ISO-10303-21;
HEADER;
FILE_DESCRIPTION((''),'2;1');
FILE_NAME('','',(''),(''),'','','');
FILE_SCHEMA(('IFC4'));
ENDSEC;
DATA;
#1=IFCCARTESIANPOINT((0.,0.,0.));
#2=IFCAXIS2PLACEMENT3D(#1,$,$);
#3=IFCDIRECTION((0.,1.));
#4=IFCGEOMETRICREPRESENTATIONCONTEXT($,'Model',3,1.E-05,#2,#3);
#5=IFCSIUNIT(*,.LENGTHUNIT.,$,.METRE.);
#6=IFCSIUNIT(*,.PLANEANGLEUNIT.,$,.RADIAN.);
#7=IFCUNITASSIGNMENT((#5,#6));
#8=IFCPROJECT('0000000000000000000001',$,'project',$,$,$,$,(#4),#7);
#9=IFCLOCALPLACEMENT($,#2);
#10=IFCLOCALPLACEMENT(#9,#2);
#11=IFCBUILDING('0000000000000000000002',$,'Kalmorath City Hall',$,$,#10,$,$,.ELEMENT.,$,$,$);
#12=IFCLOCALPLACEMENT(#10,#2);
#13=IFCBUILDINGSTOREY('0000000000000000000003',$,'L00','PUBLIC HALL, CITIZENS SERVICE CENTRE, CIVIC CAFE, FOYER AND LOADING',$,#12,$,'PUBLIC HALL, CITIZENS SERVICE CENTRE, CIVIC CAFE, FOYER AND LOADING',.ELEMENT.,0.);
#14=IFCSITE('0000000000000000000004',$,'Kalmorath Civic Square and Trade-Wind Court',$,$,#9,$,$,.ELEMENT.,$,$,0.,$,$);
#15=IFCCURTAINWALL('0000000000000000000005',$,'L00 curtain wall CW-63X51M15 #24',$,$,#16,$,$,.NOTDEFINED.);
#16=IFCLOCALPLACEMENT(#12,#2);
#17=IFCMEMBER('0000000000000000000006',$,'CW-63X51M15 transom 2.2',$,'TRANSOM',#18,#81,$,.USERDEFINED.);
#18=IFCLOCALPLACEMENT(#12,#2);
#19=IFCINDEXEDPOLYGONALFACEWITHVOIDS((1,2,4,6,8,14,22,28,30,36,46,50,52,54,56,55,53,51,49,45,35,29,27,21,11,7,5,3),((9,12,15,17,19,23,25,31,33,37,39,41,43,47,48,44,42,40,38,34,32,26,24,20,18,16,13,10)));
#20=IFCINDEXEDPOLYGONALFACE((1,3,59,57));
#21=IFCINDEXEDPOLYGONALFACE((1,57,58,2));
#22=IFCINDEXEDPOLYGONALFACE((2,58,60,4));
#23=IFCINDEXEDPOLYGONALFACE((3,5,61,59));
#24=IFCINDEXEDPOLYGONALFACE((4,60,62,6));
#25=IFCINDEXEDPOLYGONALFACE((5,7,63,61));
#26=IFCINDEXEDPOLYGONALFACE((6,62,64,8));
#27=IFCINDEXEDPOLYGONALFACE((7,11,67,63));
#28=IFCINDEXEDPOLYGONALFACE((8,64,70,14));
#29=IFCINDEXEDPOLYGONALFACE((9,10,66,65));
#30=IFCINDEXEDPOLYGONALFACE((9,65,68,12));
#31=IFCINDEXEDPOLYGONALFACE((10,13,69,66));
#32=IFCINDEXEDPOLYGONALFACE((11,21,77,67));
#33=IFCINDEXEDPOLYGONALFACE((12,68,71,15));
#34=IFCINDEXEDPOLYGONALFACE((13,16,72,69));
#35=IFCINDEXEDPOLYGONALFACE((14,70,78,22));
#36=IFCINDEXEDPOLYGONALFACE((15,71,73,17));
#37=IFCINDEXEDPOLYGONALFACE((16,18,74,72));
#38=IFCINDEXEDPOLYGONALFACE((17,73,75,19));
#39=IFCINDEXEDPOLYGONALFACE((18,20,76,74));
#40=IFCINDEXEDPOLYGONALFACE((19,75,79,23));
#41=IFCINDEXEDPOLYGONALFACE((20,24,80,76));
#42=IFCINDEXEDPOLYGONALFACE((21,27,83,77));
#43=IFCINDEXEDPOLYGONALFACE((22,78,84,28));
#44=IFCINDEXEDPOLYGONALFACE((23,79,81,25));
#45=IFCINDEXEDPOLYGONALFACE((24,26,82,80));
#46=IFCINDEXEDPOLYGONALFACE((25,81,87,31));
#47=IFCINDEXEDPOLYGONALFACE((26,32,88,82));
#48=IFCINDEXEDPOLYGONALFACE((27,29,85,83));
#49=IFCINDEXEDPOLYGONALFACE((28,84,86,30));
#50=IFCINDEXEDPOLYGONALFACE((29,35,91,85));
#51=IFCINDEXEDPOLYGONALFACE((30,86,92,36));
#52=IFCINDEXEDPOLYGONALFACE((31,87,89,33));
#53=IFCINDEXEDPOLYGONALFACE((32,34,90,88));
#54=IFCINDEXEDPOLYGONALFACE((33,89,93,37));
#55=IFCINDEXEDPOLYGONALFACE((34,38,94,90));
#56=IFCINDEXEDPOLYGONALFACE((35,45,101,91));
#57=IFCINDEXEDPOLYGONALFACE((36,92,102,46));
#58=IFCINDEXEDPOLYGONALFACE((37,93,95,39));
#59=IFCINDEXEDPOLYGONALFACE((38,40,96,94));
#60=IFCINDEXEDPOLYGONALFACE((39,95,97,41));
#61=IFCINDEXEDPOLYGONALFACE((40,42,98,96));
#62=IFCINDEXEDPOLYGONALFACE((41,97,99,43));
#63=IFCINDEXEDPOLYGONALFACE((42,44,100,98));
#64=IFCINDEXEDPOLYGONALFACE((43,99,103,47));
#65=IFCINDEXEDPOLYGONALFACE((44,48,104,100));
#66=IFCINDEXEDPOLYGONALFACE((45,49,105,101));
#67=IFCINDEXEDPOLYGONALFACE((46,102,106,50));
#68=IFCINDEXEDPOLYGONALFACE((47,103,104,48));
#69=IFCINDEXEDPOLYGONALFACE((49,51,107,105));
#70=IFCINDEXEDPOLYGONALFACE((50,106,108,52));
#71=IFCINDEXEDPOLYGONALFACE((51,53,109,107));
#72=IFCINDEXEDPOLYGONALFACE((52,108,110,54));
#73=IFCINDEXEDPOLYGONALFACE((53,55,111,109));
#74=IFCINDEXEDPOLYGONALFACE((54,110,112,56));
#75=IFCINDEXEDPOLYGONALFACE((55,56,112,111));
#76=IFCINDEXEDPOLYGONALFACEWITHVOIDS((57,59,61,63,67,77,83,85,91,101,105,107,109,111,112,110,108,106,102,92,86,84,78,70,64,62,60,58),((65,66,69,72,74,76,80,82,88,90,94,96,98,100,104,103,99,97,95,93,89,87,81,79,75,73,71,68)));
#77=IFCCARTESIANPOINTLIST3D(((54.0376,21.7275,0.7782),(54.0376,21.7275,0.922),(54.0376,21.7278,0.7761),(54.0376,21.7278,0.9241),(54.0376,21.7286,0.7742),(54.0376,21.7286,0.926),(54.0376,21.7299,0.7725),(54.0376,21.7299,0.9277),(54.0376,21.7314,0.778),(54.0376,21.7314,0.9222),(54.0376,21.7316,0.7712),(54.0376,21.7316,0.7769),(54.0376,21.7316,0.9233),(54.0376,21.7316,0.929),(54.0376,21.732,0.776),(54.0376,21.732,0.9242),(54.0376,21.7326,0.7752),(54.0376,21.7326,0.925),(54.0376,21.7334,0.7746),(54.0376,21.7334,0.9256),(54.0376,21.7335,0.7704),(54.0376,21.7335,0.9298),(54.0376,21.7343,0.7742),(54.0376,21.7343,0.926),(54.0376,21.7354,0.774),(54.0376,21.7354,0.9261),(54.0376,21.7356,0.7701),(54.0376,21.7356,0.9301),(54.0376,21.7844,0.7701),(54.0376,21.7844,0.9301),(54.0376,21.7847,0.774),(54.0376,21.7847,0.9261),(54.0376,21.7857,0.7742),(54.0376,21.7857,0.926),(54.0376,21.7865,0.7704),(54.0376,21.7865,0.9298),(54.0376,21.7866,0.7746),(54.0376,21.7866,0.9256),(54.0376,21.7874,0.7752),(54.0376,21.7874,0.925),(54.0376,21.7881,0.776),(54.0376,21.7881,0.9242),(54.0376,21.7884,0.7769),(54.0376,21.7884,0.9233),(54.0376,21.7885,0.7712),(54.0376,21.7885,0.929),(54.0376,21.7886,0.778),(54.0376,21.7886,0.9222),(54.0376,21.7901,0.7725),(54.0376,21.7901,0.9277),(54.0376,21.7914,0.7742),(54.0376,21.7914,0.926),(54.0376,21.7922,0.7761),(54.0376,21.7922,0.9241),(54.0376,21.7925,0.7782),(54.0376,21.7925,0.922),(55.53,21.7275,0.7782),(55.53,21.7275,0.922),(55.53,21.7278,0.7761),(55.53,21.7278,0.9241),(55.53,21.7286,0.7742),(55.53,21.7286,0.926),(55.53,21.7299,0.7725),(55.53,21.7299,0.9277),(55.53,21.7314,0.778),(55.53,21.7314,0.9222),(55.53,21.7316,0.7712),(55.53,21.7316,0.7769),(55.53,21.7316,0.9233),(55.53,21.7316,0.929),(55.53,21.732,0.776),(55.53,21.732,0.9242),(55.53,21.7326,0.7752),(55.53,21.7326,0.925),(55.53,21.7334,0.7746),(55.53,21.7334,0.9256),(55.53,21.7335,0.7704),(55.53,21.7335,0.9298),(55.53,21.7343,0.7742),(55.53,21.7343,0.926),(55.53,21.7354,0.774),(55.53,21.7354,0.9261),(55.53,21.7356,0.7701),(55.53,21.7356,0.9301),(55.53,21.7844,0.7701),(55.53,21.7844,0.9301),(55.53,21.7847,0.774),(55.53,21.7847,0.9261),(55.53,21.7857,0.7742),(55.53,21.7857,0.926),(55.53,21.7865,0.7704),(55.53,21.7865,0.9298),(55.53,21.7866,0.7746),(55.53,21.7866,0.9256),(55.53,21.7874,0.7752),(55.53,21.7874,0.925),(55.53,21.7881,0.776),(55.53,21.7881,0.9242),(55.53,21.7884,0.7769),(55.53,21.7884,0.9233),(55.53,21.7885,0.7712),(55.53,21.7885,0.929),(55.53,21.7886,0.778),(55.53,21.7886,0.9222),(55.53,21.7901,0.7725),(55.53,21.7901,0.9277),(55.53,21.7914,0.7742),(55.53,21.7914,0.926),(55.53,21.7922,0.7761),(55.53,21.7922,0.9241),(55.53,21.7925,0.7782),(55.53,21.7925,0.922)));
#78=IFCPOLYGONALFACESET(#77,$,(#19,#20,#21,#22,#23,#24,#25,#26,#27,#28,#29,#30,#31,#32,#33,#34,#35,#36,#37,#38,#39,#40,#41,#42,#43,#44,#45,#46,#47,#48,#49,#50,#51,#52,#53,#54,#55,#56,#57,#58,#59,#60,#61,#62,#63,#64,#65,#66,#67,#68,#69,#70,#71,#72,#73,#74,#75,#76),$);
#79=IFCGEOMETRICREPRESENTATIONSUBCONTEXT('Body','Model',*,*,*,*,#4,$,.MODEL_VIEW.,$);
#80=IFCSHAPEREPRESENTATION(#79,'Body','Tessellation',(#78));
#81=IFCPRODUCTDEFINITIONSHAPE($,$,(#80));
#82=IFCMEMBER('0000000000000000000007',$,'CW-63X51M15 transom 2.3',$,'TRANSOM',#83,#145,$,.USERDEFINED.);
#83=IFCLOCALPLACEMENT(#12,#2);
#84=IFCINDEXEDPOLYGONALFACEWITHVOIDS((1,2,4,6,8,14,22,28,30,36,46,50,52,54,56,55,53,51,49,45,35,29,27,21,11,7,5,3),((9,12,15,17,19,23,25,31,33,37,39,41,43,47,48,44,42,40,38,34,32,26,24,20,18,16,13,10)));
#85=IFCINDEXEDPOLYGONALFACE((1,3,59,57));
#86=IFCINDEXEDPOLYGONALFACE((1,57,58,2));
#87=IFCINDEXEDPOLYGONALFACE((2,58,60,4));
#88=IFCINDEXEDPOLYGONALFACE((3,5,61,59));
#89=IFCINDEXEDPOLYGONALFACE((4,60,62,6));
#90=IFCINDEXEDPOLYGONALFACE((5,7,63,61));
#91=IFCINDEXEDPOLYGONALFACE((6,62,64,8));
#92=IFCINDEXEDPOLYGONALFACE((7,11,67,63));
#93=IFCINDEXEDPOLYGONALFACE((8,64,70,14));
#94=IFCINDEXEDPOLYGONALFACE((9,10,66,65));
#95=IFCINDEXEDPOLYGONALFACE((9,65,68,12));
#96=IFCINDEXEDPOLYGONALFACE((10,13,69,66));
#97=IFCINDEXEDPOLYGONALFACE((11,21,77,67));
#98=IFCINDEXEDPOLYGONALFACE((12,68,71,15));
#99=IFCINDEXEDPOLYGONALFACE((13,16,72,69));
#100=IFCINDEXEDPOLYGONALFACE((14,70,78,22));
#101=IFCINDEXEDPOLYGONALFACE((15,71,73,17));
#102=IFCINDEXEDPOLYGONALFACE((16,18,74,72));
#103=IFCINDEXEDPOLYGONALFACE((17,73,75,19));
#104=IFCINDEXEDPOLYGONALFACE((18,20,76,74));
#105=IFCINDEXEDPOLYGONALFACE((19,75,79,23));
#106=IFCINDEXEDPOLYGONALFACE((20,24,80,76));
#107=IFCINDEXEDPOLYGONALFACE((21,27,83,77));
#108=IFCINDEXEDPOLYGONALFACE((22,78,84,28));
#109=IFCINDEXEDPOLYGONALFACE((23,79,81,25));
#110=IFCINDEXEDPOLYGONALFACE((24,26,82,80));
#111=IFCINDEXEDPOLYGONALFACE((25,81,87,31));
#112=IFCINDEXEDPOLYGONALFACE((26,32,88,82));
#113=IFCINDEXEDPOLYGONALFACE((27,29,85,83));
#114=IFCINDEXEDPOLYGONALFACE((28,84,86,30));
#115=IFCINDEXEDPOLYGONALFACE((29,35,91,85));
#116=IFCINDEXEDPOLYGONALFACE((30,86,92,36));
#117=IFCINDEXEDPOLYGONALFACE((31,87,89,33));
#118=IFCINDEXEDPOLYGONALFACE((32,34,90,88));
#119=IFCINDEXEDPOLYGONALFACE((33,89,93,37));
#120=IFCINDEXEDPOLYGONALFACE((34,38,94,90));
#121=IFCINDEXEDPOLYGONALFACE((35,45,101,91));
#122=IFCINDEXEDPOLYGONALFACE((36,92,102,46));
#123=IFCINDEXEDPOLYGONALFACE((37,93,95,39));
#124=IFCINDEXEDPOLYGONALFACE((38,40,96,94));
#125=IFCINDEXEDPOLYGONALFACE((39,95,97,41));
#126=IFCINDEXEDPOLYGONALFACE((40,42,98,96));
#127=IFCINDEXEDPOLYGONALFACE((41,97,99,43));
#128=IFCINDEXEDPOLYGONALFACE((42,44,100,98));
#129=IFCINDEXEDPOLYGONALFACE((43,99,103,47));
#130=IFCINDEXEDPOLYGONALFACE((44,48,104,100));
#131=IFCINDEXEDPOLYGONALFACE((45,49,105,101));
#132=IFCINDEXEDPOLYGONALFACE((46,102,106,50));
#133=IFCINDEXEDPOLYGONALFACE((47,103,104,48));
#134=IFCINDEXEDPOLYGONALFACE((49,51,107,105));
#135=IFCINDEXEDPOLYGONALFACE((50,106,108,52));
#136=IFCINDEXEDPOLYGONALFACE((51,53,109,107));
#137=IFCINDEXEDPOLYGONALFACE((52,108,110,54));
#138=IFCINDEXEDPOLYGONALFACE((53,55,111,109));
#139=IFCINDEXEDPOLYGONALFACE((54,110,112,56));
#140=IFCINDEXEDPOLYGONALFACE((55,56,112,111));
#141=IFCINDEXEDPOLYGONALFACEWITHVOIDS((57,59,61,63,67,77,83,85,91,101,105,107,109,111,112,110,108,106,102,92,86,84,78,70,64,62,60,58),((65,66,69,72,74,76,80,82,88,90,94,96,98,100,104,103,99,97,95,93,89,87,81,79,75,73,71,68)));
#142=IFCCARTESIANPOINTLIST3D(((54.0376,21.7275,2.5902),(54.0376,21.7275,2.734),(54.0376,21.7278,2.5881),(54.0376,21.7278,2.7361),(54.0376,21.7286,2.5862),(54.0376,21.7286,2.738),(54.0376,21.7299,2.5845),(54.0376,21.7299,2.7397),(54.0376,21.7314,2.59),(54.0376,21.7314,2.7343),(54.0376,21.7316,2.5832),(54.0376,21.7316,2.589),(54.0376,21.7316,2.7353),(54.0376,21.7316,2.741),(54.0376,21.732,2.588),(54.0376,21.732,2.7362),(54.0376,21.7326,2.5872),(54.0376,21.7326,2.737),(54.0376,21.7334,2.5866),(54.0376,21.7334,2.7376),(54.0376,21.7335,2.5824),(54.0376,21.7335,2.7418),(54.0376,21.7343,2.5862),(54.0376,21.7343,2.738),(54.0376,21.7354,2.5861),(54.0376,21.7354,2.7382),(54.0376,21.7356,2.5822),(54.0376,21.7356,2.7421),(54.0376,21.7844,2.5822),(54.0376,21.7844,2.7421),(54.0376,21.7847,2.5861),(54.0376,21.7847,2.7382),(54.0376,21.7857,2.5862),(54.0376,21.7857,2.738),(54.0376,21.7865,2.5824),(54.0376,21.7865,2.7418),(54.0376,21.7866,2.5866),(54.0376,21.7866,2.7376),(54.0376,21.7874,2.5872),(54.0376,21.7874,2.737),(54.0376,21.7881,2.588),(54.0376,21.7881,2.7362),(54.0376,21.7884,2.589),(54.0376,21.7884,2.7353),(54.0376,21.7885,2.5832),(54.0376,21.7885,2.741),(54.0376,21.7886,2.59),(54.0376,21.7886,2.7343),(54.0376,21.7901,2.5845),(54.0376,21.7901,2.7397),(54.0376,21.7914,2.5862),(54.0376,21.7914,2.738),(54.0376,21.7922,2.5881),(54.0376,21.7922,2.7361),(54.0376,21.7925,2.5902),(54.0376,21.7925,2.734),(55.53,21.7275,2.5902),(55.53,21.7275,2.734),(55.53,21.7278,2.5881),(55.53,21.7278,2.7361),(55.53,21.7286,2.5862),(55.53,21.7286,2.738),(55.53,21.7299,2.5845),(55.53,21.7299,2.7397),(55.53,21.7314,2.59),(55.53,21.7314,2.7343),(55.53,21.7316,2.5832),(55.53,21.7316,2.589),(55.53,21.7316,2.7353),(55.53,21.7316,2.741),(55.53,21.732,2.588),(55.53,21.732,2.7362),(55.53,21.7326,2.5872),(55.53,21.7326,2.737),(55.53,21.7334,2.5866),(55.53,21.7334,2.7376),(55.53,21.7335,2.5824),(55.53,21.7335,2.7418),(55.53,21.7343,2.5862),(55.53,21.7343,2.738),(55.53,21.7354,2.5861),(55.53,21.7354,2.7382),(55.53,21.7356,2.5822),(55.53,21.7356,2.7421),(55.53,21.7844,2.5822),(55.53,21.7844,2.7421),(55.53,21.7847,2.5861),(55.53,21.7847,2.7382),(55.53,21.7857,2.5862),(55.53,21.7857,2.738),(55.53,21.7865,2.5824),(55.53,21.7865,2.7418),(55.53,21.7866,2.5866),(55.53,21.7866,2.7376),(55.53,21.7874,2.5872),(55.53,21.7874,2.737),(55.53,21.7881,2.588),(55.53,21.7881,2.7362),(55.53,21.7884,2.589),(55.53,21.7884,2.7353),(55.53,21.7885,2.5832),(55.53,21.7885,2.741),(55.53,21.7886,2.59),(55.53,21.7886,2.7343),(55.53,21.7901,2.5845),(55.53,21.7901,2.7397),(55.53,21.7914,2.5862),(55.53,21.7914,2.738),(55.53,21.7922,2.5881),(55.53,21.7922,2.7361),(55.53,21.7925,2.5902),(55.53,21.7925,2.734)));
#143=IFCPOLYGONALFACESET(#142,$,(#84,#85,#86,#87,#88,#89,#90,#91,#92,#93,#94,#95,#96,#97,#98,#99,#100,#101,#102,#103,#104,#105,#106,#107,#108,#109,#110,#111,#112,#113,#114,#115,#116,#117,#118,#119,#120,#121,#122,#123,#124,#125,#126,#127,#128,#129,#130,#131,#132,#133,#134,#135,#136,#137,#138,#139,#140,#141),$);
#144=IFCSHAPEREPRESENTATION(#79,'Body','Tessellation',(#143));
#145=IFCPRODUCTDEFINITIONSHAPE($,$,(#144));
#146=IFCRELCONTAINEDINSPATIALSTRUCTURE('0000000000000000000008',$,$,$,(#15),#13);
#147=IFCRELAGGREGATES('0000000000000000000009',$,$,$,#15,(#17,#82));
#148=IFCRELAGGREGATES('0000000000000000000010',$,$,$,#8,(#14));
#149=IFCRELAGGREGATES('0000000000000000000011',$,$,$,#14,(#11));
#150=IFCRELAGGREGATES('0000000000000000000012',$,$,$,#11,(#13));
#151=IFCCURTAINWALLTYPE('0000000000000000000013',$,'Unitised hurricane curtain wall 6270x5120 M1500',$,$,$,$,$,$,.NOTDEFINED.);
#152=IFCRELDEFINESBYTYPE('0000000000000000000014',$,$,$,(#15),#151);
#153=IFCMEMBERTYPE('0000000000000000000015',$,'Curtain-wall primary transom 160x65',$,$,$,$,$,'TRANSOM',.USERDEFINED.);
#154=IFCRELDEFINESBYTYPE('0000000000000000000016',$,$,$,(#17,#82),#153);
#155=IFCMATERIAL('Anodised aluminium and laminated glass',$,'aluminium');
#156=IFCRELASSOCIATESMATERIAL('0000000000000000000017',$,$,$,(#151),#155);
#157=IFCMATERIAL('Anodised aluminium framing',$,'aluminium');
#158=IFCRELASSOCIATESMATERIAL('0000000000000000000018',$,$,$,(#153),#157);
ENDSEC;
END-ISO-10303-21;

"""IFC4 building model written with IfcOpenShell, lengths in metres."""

from ifc_helpers import new_model, si_unit, direction, frame, origin, origin_2d, place, context, subcontext, project, spatial, hollow_rectangle, extrude, material, material_profile, profile_set, type_object, element, aggregate, save


model = new_model("IFC4")

# Units and contexts
model_context = context("Model", 3, precision=1e-05, world=origin(), true_north=direction((0.0, 1.0)))
body_context = subcontext(model_context, "Body", "Model", "MODEL_VIEW")
ifc_project = project(units=[si_unit("LENGTHUNIT", "METRE"), si_unit("PLANEANGLEUNIT", "RADIAN")], contexts=[model_context])

# Site, building, storey
site_placement = place(None, origin())
site = spatial("IfcSite", under=ifc_project, at=site_placement, Name="Kalmorath Civic Square and Trade-Wind Court", CompositionType="ELEMENT", RefElevation=0.0)
building_placement = place(site_placement, origin())
building = spatial("IfcBuilding", under=site, at=building_placement, Name="Kalmorath City Hall", CompositionType="ELEMENT")
storey_placement = place(building_placement, origin())
storey = spatial("IfcBuildingStorey", under=building, at=storey_placement, Name="L00", Description="PUBLIC HALL, CITIZENS SERVICE CENTRE, CIVIC CAFE, FOYER AND LOADING", LongName="PUBLIC HALL, CITIZENS SERVICE CENTRE, CIVIC CAFE, FOYER AND LOADING", CompositionType="ELEMENT", Elevation=0.0)

# Curtain wall, members
ifc_material_1 = material(Name="Anodised aluminium and laminated glass", Category="aluminium")
curtain_wall_type = type_object("IfcCurtainWallType", Name="Unitised hurricane curtain wall 6270x5120 M1500", PredefinedType="NOTDEFINED", material=ifc_material_1)
curtain_wall_placement = place(storey_placement, origin())
curtain_wall = element("IfcCurtainWall", 1, at=curtain_wall_placement, inside=storey, type_object=curtain_wall_type, Name="L00 curtain wall CW-63X51M15 #24", PredefinedType="NOTDEFINED")
ifc_material_2 = material(Name="Anodised aluminium framing", Category="aluminium")
ifc_material_profile_1 = material_profile(ifc_material_2, hollow_rectangle(XDim=0.0649, YDim=0.1599, WallThickness=0.0039, InnerFilletRadius=0.0039, OuterFilletRadius=0.0081, at=origin_2d()), Name="ALU-TRN-160X65X4")
ifc_profile_set_1 = profile_set([ifc_material_profile_1], Name="Anodised aluminium framing")
member_type_1 = type_object("IfcMemberType", Name="Curtain-wall primary transom 160x65", ElementType="TRANSOM", PredefinedType="USERDEFINED", material=ifc_profile_set_1)
member_1_placement = place(storey_placement, frame((55.53, 21.76, 0.8501), z_axis=(-1.0, 0.0, 0.0), x_axis=(0.0, -1.0, 0.0)))
member_1 = element("IfcMember", 2, at=member_1_placement, type_object=member_type_1, Name="CW-63X51M15 transom 2.2", ObjectType="TRANSOM", PredefinedType="USERDEFINED", context=body_context, shape_type="SweptSolid", body=[
    extrude(hollow_rectangle(XDim=0.0649, YDim=0.1599, WallThickness=0.0039, InnerFilletRadius=0.0039, OuterFilletRadius=0.0081, at=origin_2d()), origin(), (0.0, 0.0, 1.0), 1.4924),
])
member_2_placement = place(storey_placement, frame((55.53, 21.76, 2.6621), z_axis=(-1.0, 0.0, 0.0), x_axis=(0.0, -1.0, 0.0)))
member_2 = element("IfcMember", 3, at=member_2_placement, type_object=member_type_1, Name="CW-63X51M15 transom 2.3", ObjectType="TRANSOM", PredefinedType="USERDEFINED", context=body_context, shape_type="SweptSolid", body=[
    extrude(hollow_rectangle(XDim=0.0649, YDim=0.1599, WallThickness=0.0039, InnerFilletRadius=0.0039, OuterFilletRadius=0.0081, at=origin_2d()), origin(), (0.0, 0.0, 1.0), 1.4924),
])

aggregate(curtain_wall, [member_1, member_2])

save(model, "model.ifc")
